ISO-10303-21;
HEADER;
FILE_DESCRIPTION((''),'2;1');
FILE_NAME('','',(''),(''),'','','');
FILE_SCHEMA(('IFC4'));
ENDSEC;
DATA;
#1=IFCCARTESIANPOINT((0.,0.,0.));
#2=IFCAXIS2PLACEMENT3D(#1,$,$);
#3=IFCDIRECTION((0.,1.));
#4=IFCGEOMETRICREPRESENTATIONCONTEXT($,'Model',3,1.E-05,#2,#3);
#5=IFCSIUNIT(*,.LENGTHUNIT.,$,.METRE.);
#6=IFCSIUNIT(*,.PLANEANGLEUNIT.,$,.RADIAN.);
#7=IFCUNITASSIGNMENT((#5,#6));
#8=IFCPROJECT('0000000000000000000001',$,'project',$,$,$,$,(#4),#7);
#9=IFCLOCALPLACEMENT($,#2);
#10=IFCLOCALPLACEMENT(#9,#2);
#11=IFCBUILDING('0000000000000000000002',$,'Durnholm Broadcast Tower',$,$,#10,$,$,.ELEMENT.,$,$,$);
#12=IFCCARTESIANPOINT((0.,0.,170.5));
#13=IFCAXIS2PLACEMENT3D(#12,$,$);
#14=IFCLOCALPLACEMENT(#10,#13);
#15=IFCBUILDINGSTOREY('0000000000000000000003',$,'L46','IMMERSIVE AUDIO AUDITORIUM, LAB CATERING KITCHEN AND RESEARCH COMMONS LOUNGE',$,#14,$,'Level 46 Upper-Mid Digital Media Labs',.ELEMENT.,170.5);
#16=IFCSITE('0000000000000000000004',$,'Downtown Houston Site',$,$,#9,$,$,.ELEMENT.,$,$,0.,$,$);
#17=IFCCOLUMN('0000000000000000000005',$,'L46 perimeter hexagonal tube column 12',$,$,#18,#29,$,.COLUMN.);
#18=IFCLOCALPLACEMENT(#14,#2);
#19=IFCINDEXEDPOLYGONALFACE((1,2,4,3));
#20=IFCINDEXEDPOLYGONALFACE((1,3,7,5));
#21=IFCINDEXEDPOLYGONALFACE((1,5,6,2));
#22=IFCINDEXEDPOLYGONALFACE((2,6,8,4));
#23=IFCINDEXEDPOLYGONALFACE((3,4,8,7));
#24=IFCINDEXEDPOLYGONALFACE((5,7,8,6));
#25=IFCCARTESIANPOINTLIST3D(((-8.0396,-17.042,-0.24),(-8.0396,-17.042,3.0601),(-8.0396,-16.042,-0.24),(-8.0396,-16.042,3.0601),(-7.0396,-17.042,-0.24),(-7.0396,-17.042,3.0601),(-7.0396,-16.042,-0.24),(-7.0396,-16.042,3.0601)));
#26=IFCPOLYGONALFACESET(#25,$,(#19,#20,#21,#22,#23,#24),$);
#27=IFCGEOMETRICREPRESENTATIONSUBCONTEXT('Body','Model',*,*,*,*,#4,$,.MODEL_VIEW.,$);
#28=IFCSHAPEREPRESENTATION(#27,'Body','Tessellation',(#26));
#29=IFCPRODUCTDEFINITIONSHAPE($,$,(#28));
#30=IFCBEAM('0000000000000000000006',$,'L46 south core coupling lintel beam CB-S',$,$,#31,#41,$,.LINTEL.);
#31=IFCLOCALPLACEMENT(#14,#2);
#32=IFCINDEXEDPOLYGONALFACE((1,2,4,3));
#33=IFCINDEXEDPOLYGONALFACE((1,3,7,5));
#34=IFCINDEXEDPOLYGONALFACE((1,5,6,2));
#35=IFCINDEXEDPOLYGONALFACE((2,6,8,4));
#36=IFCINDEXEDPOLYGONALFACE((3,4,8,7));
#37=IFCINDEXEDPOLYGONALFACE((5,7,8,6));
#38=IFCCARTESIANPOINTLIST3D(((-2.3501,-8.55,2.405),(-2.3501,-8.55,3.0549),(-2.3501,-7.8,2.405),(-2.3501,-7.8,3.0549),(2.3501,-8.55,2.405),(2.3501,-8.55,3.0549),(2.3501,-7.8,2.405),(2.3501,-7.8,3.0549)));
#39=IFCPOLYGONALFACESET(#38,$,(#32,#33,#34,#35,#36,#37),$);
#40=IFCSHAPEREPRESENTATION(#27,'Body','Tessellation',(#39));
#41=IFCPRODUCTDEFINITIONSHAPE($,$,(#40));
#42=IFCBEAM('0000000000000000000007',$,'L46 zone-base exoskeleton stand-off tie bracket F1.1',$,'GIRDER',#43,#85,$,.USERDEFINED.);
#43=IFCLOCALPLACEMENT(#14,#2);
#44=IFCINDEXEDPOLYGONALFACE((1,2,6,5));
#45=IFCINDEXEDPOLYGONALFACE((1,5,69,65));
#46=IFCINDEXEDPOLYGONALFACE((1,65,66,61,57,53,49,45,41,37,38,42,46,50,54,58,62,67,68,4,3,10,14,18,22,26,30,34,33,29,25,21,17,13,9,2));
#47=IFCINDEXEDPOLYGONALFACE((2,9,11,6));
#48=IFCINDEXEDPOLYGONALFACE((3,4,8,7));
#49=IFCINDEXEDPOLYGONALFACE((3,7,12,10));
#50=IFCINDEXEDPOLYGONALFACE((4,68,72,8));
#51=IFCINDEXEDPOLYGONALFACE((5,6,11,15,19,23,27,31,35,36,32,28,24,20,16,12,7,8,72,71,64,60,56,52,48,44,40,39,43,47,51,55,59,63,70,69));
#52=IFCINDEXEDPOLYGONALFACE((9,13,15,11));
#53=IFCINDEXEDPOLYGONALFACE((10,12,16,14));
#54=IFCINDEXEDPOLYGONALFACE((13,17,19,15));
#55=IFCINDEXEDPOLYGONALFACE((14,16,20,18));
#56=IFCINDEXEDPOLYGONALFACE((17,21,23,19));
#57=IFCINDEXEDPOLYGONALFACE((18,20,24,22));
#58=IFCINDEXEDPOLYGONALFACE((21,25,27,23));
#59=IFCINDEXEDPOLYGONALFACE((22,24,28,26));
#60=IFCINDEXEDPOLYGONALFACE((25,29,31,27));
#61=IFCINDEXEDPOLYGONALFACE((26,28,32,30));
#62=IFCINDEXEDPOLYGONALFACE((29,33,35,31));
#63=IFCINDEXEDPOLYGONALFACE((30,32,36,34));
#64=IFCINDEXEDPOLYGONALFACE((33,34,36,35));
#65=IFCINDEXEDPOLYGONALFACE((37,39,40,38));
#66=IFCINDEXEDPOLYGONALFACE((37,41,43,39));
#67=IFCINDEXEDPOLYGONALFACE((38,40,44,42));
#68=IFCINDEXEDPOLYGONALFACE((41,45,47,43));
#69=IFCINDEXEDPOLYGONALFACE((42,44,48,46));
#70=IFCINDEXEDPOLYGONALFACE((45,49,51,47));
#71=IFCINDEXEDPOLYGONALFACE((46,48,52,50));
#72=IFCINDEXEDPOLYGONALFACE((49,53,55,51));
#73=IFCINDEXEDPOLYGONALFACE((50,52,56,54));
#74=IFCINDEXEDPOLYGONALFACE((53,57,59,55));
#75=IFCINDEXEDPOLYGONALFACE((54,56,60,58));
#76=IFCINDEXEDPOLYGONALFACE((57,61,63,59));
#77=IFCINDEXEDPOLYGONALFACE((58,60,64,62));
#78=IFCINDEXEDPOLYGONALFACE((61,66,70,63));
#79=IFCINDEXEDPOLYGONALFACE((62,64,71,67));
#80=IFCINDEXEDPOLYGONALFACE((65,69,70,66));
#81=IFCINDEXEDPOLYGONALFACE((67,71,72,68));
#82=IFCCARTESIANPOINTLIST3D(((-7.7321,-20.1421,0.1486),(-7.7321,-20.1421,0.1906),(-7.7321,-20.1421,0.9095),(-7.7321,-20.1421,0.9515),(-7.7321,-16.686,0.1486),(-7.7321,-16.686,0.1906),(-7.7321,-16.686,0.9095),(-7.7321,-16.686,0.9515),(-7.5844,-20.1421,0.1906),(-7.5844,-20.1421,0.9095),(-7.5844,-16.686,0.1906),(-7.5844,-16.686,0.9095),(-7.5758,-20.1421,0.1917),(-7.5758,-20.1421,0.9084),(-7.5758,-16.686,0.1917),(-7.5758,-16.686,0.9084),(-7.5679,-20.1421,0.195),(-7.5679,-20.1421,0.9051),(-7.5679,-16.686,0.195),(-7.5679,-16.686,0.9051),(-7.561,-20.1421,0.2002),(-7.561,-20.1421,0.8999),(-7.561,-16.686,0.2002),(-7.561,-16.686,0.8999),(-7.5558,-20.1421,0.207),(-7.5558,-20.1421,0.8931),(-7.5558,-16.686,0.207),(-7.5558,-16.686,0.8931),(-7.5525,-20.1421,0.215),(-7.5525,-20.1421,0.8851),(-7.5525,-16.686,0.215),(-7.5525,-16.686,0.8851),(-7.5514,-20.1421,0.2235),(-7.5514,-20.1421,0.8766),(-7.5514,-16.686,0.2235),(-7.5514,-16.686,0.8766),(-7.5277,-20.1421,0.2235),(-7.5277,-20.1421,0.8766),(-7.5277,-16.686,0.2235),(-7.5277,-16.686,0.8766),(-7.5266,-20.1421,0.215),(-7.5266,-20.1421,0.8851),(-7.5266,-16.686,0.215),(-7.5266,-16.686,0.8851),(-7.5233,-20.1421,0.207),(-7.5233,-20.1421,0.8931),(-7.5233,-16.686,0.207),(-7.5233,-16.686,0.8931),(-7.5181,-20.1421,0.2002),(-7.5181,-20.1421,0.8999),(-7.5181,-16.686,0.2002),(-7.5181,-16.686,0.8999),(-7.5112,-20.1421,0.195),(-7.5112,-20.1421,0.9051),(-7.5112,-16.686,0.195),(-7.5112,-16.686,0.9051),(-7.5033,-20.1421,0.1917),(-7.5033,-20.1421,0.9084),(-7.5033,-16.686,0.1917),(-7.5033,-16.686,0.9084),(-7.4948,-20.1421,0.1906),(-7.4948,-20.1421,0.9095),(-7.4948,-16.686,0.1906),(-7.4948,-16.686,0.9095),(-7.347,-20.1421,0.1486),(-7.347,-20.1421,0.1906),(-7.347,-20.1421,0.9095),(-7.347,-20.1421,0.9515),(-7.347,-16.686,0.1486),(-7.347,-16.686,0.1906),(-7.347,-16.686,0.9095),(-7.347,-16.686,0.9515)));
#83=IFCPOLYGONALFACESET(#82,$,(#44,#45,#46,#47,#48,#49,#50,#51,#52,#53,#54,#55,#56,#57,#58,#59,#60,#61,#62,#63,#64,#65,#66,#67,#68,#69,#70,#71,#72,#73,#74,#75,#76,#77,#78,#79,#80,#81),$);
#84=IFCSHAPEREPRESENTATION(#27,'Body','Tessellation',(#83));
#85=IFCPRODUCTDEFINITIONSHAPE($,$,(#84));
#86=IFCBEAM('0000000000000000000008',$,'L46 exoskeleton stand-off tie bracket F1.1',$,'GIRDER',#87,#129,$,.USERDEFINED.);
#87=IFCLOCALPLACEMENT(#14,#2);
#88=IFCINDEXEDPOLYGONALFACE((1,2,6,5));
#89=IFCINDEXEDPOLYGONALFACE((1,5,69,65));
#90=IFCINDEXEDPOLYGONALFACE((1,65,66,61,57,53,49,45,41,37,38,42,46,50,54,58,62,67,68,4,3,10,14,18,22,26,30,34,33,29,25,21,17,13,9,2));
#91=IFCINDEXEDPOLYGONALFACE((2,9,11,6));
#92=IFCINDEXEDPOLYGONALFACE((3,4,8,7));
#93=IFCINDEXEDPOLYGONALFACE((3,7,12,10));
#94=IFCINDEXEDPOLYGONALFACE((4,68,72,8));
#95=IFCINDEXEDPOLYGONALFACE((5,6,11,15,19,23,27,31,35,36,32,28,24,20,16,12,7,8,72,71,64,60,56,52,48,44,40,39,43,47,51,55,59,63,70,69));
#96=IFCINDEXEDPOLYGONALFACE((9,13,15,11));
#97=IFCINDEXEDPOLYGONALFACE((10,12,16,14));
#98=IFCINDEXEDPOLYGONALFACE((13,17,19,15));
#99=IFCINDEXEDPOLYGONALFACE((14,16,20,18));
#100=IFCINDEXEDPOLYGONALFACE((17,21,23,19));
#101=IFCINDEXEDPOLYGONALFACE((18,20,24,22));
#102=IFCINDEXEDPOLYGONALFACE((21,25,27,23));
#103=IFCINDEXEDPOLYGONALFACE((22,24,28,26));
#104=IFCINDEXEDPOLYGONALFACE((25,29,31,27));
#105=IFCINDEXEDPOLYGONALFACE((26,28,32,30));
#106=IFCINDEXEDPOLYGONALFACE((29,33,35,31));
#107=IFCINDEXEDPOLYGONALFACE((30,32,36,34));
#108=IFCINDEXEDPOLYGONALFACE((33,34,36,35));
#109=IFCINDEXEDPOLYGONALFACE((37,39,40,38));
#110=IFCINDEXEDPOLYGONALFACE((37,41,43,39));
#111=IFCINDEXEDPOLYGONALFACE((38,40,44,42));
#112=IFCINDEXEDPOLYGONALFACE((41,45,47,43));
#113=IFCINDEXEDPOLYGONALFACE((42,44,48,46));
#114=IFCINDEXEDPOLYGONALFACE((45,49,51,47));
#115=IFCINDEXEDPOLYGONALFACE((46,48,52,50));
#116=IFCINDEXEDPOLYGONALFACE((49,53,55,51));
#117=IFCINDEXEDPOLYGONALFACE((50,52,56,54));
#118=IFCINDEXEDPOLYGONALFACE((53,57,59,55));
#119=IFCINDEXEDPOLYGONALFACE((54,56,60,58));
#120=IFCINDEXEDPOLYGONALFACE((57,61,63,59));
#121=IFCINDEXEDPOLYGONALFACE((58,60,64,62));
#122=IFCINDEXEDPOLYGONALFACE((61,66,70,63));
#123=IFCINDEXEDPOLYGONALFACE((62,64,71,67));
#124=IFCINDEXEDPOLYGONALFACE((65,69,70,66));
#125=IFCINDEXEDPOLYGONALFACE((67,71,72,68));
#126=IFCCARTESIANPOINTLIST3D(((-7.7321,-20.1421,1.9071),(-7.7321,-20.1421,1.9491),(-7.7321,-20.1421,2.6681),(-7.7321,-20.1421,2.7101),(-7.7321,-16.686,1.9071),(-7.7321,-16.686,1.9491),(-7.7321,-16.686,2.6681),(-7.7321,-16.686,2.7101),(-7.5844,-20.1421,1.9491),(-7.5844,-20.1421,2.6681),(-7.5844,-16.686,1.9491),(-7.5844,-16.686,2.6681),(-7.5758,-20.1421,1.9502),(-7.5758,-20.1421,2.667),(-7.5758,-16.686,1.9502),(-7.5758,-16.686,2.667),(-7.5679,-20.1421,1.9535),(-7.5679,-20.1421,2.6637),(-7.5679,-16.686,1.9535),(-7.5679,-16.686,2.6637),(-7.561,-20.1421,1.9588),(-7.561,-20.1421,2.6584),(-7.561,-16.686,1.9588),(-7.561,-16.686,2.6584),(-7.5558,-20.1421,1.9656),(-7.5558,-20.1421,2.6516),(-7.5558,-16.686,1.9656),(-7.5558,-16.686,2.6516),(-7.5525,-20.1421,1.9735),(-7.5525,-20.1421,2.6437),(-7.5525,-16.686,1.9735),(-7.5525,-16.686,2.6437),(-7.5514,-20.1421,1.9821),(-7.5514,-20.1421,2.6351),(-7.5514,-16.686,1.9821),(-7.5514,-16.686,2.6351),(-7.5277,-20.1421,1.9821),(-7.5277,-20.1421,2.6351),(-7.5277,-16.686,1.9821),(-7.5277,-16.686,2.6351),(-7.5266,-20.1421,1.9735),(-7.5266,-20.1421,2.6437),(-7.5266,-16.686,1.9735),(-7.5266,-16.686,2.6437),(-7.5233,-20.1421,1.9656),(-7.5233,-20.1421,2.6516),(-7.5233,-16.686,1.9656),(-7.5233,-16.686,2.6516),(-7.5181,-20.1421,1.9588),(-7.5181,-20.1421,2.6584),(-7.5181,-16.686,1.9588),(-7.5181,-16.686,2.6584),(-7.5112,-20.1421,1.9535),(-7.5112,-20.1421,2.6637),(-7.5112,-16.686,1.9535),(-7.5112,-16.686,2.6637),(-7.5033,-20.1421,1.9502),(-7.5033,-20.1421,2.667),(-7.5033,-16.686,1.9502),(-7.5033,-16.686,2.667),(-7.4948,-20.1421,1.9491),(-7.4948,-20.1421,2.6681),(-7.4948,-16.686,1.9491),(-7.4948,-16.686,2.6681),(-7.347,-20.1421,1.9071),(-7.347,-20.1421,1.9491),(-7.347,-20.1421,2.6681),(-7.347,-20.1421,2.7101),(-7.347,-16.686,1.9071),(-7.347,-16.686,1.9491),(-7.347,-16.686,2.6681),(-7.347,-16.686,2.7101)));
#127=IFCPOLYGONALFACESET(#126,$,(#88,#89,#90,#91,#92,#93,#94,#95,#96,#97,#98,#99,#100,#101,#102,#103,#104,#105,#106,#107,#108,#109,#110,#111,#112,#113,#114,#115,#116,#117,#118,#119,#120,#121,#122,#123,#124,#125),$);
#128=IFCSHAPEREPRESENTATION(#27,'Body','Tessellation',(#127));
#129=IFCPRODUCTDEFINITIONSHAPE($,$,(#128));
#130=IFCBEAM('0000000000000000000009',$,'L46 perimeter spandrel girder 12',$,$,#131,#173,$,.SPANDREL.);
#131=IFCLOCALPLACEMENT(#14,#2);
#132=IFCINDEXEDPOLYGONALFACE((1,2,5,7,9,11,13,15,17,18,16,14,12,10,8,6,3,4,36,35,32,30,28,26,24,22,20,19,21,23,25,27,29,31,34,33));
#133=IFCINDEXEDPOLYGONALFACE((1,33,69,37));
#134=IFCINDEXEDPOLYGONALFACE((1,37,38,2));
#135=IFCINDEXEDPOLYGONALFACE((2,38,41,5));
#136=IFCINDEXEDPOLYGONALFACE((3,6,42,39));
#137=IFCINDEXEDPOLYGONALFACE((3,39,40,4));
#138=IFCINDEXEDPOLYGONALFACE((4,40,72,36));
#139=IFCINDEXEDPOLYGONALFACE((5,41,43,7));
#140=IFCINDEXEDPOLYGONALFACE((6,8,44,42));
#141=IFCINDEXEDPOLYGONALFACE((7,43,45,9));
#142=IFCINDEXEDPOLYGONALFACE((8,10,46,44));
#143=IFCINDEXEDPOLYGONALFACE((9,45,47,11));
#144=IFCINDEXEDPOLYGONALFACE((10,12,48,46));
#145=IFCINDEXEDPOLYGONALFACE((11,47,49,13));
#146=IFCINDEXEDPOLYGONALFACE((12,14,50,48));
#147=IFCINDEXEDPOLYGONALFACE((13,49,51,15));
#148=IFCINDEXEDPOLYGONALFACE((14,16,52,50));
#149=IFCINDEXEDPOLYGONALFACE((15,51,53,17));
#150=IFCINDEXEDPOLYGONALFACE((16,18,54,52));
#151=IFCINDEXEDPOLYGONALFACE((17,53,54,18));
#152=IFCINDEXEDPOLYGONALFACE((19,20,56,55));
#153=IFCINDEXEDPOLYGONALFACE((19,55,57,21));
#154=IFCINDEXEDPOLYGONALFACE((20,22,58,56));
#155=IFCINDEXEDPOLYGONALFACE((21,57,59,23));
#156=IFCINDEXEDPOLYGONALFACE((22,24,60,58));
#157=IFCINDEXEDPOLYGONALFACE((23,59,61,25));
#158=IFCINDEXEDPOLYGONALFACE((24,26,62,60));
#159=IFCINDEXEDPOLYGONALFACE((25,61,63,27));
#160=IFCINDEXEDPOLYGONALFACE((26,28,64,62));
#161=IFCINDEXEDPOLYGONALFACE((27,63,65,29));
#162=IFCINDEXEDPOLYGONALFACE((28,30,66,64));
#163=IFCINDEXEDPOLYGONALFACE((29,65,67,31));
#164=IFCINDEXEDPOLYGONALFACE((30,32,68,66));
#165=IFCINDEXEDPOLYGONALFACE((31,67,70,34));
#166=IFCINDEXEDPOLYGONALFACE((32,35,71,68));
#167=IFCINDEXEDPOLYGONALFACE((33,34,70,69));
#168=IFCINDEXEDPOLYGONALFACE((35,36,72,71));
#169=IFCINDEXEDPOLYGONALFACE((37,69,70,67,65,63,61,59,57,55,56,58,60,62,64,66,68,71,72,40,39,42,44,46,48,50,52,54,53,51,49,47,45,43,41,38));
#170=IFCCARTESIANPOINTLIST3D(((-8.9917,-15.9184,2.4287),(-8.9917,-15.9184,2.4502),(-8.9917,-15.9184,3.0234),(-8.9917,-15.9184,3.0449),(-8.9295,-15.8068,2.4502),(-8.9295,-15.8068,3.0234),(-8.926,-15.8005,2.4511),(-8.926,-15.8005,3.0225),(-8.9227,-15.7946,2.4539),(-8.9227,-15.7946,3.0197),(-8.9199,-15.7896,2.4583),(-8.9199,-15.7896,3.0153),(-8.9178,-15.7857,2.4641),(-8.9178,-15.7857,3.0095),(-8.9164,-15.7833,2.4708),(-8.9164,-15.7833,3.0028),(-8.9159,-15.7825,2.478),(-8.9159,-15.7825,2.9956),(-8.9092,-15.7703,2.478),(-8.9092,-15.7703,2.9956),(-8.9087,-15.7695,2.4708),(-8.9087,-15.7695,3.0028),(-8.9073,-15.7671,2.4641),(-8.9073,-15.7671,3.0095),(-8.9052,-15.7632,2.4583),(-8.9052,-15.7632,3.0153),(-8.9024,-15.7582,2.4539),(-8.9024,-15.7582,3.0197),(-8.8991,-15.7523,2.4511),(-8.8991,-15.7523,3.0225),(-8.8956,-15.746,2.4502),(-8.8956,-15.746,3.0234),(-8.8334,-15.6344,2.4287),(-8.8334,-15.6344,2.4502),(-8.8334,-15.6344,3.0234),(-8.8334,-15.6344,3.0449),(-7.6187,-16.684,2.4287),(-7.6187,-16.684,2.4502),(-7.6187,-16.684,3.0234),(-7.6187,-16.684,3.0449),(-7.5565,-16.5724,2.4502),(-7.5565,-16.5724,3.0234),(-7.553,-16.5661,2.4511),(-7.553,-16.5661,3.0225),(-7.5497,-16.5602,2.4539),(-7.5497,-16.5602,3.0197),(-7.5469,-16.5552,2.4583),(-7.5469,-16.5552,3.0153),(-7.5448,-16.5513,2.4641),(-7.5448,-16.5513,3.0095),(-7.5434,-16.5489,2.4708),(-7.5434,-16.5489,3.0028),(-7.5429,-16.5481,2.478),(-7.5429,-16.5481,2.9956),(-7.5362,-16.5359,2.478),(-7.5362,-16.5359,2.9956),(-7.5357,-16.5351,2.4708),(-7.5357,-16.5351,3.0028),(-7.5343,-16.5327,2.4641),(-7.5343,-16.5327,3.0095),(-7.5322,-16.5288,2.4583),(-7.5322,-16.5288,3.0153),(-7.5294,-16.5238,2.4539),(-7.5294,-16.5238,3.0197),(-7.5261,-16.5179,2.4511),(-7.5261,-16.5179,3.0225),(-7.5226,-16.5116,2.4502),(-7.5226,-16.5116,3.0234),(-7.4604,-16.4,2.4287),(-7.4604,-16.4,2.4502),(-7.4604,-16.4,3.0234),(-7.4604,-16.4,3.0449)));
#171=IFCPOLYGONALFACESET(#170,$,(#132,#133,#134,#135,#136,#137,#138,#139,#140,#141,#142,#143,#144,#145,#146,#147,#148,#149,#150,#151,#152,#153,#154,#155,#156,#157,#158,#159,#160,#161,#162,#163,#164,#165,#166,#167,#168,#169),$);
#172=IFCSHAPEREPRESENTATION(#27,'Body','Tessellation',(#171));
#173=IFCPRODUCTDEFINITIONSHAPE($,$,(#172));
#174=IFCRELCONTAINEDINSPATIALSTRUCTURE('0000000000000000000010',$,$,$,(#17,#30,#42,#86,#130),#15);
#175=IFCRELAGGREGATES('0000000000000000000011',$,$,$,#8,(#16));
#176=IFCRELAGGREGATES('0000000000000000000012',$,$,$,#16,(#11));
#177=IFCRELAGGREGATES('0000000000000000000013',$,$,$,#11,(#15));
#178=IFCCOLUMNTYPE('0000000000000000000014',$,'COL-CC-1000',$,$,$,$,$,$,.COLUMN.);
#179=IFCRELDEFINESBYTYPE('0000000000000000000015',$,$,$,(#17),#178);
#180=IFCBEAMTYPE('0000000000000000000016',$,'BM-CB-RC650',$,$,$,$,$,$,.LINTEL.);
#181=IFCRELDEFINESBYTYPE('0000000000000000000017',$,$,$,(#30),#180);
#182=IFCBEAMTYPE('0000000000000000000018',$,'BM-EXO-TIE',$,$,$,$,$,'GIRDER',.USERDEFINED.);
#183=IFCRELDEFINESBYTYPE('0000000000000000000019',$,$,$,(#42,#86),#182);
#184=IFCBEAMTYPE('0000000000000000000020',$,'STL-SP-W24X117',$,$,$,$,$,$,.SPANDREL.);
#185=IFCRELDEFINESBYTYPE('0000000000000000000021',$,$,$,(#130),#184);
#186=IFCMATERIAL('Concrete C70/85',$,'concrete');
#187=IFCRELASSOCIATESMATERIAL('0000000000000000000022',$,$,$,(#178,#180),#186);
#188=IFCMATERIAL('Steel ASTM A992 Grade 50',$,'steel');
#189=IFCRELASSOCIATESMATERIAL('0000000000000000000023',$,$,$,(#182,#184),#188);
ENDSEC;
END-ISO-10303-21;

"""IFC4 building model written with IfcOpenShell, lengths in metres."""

from ifc_helpers import new_model, si_unit, direction, frame, origin, origin_2d, place, context, subcontext, project, spatial, rectangle, i_section, extrude, source, transform, mapped, material, material_profile, profile_set, type_object, type_shapes, element, save


model = new_model("IFC4")

# Units and contexts
model_context = context("Model", 3, precision=1e-05, world=origin(), true_north=direction((0.0, 1.0)))
body_context = subcontext(model_context, "Body", "Model", "MODEL_VIEW")
ifc_project = project(units=[si_unit("LENGTHUNIT", "METRE"), si_unit("PLANEANGLEUNIT", "RADIAN")], contexts=[model_context])

# Site, building, storey
site_placement = place(None, origin())
site = spatial("IfcSite", under=ifc_project, at=site_placement, Name="Downtown Houston Site", CompositionType="ELEMENT", RefElevation=0.0)
building_placement = place(site_placement, origin())
building = spatial("IfcBuilding", under=site, at=building_placement, Name="Durnholm Broadcast Tower", CompositionType="ELEMENT")
storey_placement = place(building_placement, frame((0.0, 0.0, 170.5)))
storey = spatial("IfcBuildingStorey", under=building, at=storey_placement, Name="L46", Description="IMMERSIVE AUDIO AUDITORIUM, LAB CATERING KITCHEN AND RESEARCH COMMONS LOUNGE", LongName="Level 46 Upper-Mid Digital Media Labs", CompositionType="ELEMENT", Elevation=170.5)

# Column
ifc_material_1 = material(Name="Concrete C70/85", Category="concrete")
ifc_material_profile_1 = material_profile(ifc_material_1, rectangle(XDim=1.0, YDim=1.0, at=origin_2d()), Name="RC1000X1000")
ifc_profile_set_1 = profile_set([ifc_material_profile_1], Name="Concrete C70/85")
column_type = type_object("IfcColumnType", Name="COL-CC-1000", PredefinedType="COLUMN", material=ifc_profile_set_1)
shared_shape_1 = source(origin(), body_context, "Body", "SweptSolid", [
    extrude(rectangle(XDim=1.0, YDim=1.0, at=origin_2d()), origin(), (0.0, 0.0, 1.0), 3.3),
])
type_shapes(column_type, [shared_shape_1])
column_placement = place(storey_placement, frame((-7.5396, -16.542, -0.24), z_axis=(0.0, 0.0, 1.0), x_axis=(1.0, 0.0, 0.0)))
element("IfcColumn", 1, at=column_placement, inside=storey, type_object=column_type, Name="L46 perimeter hexagonal tube column 12", PredefinedType="COLUMN", context=body_context, shape_type="MappedRepresentation", body=[
    mapped(shared_shape_1, transform((0.0, 0.0, 0.0), x_axis=(1.0, 0.0, 0.0), y_axis=(0.0, 1.0, 0.0), z_axis=(0.0, 0.0, 1.0), scale=1.0)),
])

# Beams
ifc_material_profile_2 = material_profile(ifc_material_1, rectangle(XDim=0.75, YDim=0.6499, at=origin_2d()), Name="RC750X650")
ifc_profile_set_2 = profile_set([ifc_material_profile_2], Name="Concrete C70/85")
beam_type_1 = type_object("IfcBeamType", Name="BM-CB-RC650", PredefinedType="LINTEL", material=ifc_profile_set_2)
shared_shape_2 = source(origin(), body_context, "Body", "SweptSolid", [
    extrude(rectangle(XDim=0.75, YDim=0.6499, at=origin_2d()), origin(), (0.0, 0.0, 1.0), 4.7002),
])
type_shapes(beam_type_1, [shared_shape_2])
beam_1_placement = place(storey_placement, frame((-2.3501, -8.175, 2.73), z_axis=(1.0, 0.0, 0.0), x_axis=(0.0, 1.0, 0.0)))
element("IfcBeam", 2, at=beam_1_placement, inside=storey, type_object=beam_type_1, Name="L46 south core coupling lintel beam CB-S", PredefinedType="LINTEL", context=body_context, shape_type="MappedRepresentation", body=[
    mapped(shared_shape_2, transform((0.0, 0.0, 0.0), x_axis=(1.0, 0.0, 0.0), y_axis=(0.0, 1.0, 0.0), z_axis=(0.0, 0.0, 1.0), scale=1.0)),
])
ifc_material_2 = material(Name="Steel ASTM A992 Grade 50", Category="steel")
ifc_material_profile_3 = material_profile(ifc_material_2, i_section(OverallWidth=0.385, OverallDepth=0.803, WebThickness=0.0237, FlangeThickness=0.042, FilletRadius=0.033, at=origin_2d()), Name="W30X261")
ifc_profile_set_3 = profile_set([ifc_material_profile_3], Name="Steel ASTM A992 Grade 50")
beam_type_2 = type_object("IfcBeamType", Name="BM-EXO-TIE", ElementType="GIRDER", PredefinedType="USERDEFINED", material=ifc_profile_set_3)
shared_shape_3 = source(origin(), body_context, "Body", "SweptSolid", [
    extrude(i_section(OverallWidth=0.385, OverallDepth=0.803, WebThickness=0.0237, FlangeThickness=0.042, FilletRadius=0.033, at=origin_2d()), origin(), (0.0, 0.0, 1.0), 3.4561),
])
for number, where, z_axis, x_axis, name in (
    (3, (-7.5396, -16.686, 0.55), (0.0, -1.0, 0.0), (1.0, 0.0, 0.0), "L46 zone-base exoskeleton stand-off tie bracket F1.1"),
    (4, (-7.5396, -16.686, 2.3086), (0.0, -1.0, 0.0), (1.0, 0.0, 0.0), "L46 exoskeleton stand-off tie bracket F1.1"),
):
    element("IfcBeam", number, at=place(storey_placement, frame(where, z_axis=z_axis, x_axis=x_axis)), inside=storey, type_object=beam_type_2, Name=name, ObjectType="GIRDER", PredefinedType="USERDEFINED", context=body_context, shape_type="MappedRepresentation", body=[
        mapped(shared_shape_3, transform((0.0, 0.0, 0.0), x_axis=(1.0, 0.0, 0.0), y_axis=(0.0, 1.0, 0.0), z_axis=(0.0, 0.0, 1.0), scale=1.0)),
    ])
ifc_material_profile_4 = material_profile(ifc_material_2, i_section(OverallWidth=0.3252, OverallDepth=0.6162, WebThickness=0.0139, FlangeThickness=0.0215, FilletRadius=0.0278, at=origin_2d()), Name="W24X117")
ifc_profile_set_4 = profile_set([ifc_material_profile_4], Name="Steel ASTM A992 Grade 50")
beam_type_3 = type_object("IfcBeamType", Name="STL-SP-W24X117", PredefinedType="SPANDREL", material=ifc_profile_set_4)
shared_shape_4 = source(origin(), body_context, "Body", "SweptSolid", [
    extrude(i_section(OverallWidth=0.3252, OverallDepth=0.6162, WebThickness=0.0139, FlangeThickness=0.0215, FilletRadius=0.0278, at=origin_2d()), origin(), (0.0, 0.0, 1.0), 1.572),
])
type_shapes(beam_type_3, [shared_shape_4])
beam_2_placement = place(storey_placement, frame((-7.5396, -16.542, 2.7368), z_axis=(-0.873394, 0.487014, 0.0), x_axis=(-0.487014, -0.873394, 0.0)))
element("IfcBeam", 5, at=beam_2_placement, inside=storey, type_object=beam_type_3, Name="L46 perimeter spandrel girder 12", PredefinedType="SPANDREL", context=body_context, shape_type="MappedRepresentation", body=[
    mapped(shared_shape_4, transform((0.0, 0.0, 0.0), x_axis=(1.0, 0.0, 0.0), y_axis=(0.0, 1.0, 0.0), z_axis=(0.0, 0.0, 1.0), scale=1.0)),
])

save(model, "model.ifc")
